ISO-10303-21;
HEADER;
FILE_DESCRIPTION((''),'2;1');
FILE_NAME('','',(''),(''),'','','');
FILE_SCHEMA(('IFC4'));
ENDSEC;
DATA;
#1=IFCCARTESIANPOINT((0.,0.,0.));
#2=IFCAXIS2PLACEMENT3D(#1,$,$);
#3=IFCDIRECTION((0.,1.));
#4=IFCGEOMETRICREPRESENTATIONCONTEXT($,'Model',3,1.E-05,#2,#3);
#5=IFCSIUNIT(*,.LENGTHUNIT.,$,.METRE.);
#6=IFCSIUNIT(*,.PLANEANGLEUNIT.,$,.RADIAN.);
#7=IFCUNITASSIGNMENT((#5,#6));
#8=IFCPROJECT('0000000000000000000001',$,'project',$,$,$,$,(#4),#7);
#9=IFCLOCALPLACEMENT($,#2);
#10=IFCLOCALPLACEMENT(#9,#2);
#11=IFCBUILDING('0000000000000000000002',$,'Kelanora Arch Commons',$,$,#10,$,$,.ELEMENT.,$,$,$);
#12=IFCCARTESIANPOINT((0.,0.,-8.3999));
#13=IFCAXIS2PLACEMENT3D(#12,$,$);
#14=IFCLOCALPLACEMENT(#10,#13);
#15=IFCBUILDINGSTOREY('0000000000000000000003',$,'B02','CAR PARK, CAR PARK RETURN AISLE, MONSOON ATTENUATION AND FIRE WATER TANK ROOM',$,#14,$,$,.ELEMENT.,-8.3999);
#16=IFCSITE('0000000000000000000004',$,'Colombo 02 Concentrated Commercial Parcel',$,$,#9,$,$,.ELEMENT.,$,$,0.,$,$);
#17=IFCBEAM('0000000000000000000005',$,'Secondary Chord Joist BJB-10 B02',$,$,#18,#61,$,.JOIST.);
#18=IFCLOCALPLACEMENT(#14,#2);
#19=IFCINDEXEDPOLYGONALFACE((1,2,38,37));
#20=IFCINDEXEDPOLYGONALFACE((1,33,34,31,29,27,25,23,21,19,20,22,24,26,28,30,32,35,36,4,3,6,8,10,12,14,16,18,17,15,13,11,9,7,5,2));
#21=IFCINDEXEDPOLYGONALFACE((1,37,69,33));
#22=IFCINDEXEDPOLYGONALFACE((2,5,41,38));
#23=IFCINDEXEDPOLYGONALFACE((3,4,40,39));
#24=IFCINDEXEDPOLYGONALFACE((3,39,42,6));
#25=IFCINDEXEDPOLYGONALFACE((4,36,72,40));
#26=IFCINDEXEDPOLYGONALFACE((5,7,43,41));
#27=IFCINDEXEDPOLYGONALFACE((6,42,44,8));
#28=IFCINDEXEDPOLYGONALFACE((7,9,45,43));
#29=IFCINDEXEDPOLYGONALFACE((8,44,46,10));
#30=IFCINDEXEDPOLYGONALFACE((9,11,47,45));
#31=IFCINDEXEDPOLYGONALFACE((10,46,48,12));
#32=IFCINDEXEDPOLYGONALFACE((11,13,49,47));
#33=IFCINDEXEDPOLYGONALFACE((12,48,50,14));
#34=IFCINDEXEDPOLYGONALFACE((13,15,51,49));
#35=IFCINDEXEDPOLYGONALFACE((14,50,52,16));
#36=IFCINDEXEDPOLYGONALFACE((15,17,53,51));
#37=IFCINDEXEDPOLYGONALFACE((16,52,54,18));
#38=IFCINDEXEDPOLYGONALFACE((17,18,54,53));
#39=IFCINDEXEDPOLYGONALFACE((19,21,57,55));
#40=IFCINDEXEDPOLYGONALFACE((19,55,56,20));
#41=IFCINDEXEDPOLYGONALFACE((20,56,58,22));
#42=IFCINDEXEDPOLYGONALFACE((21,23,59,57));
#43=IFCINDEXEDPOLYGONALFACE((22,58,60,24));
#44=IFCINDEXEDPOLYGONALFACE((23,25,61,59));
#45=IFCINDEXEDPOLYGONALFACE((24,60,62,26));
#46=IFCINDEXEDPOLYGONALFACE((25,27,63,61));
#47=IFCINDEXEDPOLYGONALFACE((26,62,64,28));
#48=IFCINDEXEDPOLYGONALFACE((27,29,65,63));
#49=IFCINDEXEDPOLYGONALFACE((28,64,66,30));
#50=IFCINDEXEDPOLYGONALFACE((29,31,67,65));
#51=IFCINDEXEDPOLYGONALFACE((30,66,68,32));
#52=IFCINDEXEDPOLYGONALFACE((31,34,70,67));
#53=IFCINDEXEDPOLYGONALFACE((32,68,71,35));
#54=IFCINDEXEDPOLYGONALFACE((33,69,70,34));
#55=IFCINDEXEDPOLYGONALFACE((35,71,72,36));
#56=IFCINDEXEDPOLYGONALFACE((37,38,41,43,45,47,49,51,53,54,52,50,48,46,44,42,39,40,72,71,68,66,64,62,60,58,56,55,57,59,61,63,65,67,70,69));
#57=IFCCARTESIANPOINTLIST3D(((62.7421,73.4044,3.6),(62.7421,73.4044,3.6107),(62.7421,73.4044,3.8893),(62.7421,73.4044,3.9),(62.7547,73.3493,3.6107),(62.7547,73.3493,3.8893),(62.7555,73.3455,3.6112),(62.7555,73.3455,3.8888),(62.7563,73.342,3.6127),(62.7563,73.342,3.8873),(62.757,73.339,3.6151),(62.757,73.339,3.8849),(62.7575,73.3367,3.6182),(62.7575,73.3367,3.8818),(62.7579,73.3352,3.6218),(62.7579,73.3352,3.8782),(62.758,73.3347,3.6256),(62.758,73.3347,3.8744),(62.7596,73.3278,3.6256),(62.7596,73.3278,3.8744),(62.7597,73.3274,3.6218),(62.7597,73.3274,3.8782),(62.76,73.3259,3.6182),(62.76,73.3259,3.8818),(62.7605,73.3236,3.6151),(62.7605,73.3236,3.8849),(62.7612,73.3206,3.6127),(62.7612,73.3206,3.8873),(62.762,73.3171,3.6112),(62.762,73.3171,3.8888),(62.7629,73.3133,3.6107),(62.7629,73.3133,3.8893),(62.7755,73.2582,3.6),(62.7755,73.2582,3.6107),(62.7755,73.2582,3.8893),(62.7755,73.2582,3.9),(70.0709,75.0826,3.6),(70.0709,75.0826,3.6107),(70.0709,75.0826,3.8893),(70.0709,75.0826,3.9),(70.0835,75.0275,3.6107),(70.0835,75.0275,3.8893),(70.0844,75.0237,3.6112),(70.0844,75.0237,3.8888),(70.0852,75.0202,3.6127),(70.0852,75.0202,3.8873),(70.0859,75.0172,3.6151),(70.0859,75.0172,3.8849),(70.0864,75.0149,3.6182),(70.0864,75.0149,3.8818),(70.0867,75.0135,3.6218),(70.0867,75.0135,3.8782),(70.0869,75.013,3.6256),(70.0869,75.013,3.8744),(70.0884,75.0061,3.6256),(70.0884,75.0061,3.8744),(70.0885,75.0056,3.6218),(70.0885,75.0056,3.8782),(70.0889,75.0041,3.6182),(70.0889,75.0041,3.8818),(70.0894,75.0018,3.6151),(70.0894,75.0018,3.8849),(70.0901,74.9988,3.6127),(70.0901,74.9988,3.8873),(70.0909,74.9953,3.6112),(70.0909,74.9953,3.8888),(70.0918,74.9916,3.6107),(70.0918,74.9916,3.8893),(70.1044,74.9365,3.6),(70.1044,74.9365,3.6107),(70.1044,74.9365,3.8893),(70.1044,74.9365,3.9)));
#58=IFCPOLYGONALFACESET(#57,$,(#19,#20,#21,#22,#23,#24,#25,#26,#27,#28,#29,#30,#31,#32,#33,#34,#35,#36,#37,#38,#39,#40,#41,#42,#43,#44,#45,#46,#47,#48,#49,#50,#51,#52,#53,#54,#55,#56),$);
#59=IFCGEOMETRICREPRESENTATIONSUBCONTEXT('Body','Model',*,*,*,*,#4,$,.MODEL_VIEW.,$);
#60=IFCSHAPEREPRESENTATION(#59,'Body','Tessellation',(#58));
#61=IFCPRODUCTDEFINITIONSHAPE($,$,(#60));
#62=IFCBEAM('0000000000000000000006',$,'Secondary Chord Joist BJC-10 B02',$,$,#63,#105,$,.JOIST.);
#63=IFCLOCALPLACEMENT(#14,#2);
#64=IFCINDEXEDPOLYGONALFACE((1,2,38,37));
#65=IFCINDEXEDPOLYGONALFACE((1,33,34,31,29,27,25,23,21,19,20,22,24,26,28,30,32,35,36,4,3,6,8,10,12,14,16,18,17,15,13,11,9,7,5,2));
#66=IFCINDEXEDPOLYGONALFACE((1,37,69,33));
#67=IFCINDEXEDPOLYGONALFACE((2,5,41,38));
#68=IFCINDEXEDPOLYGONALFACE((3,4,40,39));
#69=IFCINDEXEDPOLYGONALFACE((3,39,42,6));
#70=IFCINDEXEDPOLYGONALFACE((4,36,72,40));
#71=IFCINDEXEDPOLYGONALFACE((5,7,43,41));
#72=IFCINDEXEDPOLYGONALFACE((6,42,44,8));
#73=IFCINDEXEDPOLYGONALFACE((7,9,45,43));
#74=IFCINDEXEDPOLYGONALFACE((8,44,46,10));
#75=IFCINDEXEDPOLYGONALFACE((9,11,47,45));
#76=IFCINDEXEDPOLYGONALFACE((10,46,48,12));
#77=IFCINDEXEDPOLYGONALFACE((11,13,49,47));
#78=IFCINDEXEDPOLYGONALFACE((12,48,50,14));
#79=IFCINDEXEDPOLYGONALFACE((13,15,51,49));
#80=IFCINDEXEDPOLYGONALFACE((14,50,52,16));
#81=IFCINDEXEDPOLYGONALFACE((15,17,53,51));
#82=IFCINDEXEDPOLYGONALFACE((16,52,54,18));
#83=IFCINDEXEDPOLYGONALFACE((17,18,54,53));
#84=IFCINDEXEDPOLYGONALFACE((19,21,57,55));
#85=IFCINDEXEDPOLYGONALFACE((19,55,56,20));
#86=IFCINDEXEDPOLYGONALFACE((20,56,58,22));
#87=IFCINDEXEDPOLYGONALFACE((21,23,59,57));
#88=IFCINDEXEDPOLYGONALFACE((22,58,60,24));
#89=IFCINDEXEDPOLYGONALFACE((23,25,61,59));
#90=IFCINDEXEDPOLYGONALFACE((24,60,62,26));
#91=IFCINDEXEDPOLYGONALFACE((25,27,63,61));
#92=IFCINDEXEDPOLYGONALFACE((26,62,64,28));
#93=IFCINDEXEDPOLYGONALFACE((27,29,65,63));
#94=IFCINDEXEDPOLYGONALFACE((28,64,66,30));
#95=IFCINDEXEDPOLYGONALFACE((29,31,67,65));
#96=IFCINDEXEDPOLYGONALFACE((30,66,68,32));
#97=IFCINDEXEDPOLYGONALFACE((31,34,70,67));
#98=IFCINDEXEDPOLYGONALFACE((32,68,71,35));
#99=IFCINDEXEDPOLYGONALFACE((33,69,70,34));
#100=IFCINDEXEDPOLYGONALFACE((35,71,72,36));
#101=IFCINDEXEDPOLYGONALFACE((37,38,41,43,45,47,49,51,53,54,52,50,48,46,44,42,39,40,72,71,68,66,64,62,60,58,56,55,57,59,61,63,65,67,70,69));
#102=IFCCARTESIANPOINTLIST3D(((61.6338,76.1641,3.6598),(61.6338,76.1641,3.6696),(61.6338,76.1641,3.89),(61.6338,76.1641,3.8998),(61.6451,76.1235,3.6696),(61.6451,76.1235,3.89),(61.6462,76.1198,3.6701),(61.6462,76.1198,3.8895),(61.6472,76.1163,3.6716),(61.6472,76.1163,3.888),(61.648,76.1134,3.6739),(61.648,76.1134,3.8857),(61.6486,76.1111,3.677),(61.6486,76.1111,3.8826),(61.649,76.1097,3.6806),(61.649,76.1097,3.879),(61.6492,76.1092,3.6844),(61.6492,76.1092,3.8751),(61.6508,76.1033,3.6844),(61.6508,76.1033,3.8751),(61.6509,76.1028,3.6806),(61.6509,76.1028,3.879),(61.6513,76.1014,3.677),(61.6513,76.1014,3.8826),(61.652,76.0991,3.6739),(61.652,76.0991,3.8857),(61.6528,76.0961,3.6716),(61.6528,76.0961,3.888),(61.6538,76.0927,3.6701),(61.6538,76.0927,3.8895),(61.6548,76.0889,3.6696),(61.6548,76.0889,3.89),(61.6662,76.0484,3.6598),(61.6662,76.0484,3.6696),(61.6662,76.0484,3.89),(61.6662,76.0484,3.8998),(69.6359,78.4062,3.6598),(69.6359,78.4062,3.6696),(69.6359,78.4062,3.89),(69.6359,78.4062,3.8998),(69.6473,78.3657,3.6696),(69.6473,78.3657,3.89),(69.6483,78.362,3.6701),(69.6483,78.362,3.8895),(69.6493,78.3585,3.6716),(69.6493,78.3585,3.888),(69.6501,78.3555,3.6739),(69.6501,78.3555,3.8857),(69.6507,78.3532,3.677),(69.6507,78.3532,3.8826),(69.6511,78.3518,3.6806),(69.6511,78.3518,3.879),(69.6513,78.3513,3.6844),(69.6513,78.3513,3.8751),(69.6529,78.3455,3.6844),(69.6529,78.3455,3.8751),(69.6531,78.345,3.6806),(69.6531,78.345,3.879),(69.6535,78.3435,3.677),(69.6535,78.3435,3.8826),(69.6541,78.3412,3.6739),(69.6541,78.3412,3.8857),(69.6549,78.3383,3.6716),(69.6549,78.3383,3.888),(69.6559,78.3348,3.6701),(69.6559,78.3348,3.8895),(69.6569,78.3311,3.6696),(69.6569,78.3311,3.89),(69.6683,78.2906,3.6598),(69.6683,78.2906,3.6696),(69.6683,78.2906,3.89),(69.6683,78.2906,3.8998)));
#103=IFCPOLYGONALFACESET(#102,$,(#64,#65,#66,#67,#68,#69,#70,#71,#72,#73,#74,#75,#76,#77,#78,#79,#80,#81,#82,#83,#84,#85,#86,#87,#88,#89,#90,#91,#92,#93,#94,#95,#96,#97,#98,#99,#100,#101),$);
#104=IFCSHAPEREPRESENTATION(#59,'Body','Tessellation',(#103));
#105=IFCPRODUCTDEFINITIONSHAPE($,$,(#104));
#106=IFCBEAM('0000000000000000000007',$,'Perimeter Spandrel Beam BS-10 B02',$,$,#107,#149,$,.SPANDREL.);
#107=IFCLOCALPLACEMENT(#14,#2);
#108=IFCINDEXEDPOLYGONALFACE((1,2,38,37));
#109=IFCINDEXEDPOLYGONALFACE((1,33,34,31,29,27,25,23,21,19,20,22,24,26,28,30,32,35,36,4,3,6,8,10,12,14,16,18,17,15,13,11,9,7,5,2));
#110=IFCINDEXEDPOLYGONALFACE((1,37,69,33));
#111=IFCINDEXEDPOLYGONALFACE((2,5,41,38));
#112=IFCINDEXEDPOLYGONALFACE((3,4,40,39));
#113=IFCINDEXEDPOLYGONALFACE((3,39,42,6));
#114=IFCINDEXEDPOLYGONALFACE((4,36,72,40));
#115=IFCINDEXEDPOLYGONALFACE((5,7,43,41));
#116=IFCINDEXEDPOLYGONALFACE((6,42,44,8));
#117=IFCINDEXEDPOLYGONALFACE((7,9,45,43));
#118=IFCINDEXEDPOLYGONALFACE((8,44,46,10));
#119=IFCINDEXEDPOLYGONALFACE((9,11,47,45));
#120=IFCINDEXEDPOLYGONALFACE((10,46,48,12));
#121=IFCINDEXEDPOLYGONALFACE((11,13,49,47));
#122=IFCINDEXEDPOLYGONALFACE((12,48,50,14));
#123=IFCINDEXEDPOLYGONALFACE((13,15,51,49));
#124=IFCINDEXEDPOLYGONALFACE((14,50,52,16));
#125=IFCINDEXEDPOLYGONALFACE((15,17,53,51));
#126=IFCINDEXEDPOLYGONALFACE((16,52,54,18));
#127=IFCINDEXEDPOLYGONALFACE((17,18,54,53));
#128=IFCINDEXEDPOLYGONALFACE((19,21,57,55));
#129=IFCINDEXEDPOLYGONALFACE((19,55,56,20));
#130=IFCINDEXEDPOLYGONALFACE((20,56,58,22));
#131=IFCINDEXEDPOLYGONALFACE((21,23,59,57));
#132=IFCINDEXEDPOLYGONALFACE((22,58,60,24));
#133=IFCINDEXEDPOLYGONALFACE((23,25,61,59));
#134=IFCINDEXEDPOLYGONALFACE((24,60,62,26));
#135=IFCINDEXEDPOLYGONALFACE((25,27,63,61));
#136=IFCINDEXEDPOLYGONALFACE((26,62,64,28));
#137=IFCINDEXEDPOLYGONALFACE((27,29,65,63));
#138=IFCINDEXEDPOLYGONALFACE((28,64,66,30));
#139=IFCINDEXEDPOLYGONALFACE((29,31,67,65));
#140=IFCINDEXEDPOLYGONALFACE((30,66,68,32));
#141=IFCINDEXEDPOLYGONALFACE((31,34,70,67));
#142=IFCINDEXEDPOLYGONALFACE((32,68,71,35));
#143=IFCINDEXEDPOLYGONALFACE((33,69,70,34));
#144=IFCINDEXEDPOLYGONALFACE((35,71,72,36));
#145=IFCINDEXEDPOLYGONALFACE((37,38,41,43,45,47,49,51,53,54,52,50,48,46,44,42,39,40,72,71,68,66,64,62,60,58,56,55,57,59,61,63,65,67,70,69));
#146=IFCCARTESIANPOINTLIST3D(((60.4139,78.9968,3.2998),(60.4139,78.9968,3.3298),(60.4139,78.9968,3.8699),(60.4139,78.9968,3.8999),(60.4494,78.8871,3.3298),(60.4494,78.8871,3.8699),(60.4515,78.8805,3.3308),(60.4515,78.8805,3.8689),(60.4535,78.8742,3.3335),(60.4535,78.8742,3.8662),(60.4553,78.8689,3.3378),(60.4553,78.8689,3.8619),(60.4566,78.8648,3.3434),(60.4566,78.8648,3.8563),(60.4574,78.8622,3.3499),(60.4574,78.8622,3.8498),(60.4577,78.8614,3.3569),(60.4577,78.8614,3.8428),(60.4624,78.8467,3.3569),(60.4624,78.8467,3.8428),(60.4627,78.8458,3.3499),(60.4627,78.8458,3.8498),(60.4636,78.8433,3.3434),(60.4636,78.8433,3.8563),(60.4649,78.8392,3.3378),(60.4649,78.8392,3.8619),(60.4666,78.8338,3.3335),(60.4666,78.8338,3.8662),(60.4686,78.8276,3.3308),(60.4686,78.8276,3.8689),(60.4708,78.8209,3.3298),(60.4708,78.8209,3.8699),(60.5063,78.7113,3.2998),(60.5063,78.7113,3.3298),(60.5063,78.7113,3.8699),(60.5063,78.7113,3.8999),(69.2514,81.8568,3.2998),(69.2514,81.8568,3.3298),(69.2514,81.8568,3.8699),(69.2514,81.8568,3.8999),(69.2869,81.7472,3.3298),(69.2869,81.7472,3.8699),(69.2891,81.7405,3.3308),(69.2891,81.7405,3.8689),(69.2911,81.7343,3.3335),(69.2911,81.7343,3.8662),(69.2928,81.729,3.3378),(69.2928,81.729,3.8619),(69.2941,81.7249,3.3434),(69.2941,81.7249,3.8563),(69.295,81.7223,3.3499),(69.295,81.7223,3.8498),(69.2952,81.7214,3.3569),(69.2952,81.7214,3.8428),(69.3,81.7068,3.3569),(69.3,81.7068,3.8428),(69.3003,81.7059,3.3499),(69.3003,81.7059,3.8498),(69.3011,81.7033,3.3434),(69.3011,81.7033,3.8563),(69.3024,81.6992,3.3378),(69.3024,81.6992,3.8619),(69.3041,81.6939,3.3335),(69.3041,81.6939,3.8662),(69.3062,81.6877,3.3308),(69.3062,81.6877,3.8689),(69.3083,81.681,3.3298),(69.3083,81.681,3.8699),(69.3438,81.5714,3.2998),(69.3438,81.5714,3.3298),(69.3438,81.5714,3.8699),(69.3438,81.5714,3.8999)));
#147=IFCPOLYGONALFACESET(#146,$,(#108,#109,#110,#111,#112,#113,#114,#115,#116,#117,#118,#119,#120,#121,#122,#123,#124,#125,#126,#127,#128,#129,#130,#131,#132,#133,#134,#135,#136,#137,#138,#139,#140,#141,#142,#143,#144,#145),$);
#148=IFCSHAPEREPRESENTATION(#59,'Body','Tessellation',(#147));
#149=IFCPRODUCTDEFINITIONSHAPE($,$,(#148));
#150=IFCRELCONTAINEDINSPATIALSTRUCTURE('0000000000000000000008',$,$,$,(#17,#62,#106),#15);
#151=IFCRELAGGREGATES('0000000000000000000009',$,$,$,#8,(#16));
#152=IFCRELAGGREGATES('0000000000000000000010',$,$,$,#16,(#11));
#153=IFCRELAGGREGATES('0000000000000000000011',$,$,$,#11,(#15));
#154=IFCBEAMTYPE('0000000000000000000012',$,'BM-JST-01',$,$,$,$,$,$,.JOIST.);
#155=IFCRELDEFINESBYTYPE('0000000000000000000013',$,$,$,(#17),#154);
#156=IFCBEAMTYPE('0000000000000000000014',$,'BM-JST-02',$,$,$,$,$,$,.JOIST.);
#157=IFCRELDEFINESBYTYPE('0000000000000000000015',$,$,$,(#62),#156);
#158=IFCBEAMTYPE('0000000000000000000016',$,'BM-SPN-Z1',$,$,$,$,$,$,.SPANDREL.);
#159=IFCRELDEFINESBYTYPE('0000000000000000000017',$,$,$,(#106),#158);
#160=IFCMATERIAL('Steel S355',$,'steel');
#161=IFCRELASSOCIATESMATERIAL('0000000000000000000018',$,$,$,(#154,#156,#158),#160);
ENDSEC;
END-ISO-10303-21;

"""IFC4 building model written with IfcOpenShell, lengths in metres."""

from ifc_helpers import new_model, si_unit, direction, frame, origin, origin_2d, place, context, subcontext, project, spatial, i_section, extrude, material, material_profile, profile_set, type_object, element, save


model = new_model("IFC4")

# Units and contexts
model_context = context("Model", 3, precision=1e-05, world=origin(), true_north=direction((0.0, 1.0)))
body_context = subcontext(model_context, "Body", "Model", "MODEL_VIEW")
ifc_project = project(units=[si_unit("LENGTHUNIT", "METRE"), si_unit("PLANEANGLEUNIT", "RADIAN")], contexts=[model_context])

# Site, building, storey
site_placement = place(None, origin())
site = spatial("IfcSite", under=ifc_project, at=site_placement, Name="Colombo 02 Concentrated Commercial Parcel", CompositionType="ELEMENT", RefElevation=0.0)
building_placement = place(site_placement, origin())
building = spatial("IfcBuilding", under=site, at=building_placement, Name="Kelanora Arch Commons", CompositionType="ELEMENT")
storey_placement = place(building_placement, frame((0.0, 0.0, -8.3999)))
storey = spatial("IfcBuildingStorey", under=building, at=storey_placement, Name="B02", Description="CAR PARK, CAR PARK RETURN AISLE, MONSOON ATTENUATION AND FIRE WATER TANK ROOM", CompositionType="ELEMENT", Elevation=-8.3999)

# Beams
ifc_material_1 = material(Name="Steel S355", Category="steel")
ifc_material_profile_1 = material_profile(ifc_material_1, i_section(OverallWidth=0.1499, OverallDepth=0.3, WebThickness=0.0071, FlangeThickness=0.0107, FilletRadius=0.0149, at=origin_2d()), Name="IPE300")
ifc_profile_set_1 = profile_set([ifc_material_profile_1], Name="Steel S355")
beam_type_1 = type_object("IfcBeamType", Name="BM-JST-01", PredefinedType="JOIST", material=ifc_profile_set_1)
beam_1_placement = place(storey_placement, frame((70.0876, 75.0095, 3.75), z_axis=(-0.97477, -0.223211, 0.0), x_axis=(0.223211, -0.97477, 0.0)))
element("IfcBeam", 1, at=beam_1_placement, inside=storey, type_object=beam_type_1, Name="Secondary Chord Joist BJB-10 B02", PredefinedType="JOIST", context=body_context, shape_type="SweptSolid", body=[
    extrude(i_section(OverallWidth=0.1499, OverallDepth=0.3, WebThickness=0.0071, FlangeThickness=0.0107, FilletRadius=0.0149, at=origin_2d()), origin(), (0.0, 0.0, 1.0), 7.5186),
])
ifc_material_profile_2 = material_profile(ifc_material_1, i_section(OverallWidth=0.1201, OverallDepth=0.24, WebThickness=0.0061, FlangeThickness=0.0098, FilletRadius=0.0149, at=origin_2d()), Name="IPE240")
ifc_profile_set_2 = profile_set([ifc_material_profile_2], Name="Steel S355")
beam_type_2 = type_object("IfcBeamType", Name="BM-JST-02", PredefinedType="JOIST", material=ifc_profile_set_2)
beam_2_placement = place(storey_placement, frame((69.6521, 78.3484, 3.7798), z_axis=(-0.962915, -0.269805, 0.0), x_axis=(0.269805, -0.962915, 0.0)))
element("IfcBeam", 2, at=beam_2_placement, inside=storey, type_object=beam_type_2, Name="Secondary Chord Joist BJC-10 B02", PredefinedType="JOIST", context=body_context, shape_type="SweptSolid", body=[
    extrude(i_section(OverallWidth=0.1201, OverallDepth=0.24, WebThickness=0.0061, FlangeThickness=0.0098, FilletRadius=0.0149, at=origin_2d()), origin(), (0.0, 0.0, 1.0), 8.3103),
])
ifc_material_profile_3 = material_profile(ifc_material_1, i_section(OverallWidth=0.3, OverallDepth=0.6001, WebThickness=0.0154, FlangeThickness=0.03, FilletRadius=0.0271, at=origin_2d()), Name="HEB600")
ifc_profile_set_3 = profile_set([ifc_material_profile_3], Name="Steel S355")
beam_type_3 = type_object("IfcBeamType", Name="BM-SPN-Z1", PredefinedType="SPANDREL", material=ifc_profile_set_3)
beam_3_placement = place(storey_placement, frame((69.2976, 81.7141, 3.5999), z_axis=(-0.951417, -0.307905, 0.0), x_axis=(0.307905, -0.951417, 0.0)))
element("IfcBeam", 3, at=beam_3_placement, inside=storey, type_object=beam_type_3, Name="Perimeter Spandrel Beam BS-10 B02", PredefinedType="SPANDREL", context=body_context, shape_type="SweptSolid", body=[
    extrude(i_section(OverallWidth=0.3, OverallDepth=0.6001, WebThickness=0.0154, FlangeThickness=0.03, FilletRadius=0.0271, at=origin_2d()), origin(), (0.0, 0.0, 1.0), 9.2888),
])

save(model, "model.ifc")
